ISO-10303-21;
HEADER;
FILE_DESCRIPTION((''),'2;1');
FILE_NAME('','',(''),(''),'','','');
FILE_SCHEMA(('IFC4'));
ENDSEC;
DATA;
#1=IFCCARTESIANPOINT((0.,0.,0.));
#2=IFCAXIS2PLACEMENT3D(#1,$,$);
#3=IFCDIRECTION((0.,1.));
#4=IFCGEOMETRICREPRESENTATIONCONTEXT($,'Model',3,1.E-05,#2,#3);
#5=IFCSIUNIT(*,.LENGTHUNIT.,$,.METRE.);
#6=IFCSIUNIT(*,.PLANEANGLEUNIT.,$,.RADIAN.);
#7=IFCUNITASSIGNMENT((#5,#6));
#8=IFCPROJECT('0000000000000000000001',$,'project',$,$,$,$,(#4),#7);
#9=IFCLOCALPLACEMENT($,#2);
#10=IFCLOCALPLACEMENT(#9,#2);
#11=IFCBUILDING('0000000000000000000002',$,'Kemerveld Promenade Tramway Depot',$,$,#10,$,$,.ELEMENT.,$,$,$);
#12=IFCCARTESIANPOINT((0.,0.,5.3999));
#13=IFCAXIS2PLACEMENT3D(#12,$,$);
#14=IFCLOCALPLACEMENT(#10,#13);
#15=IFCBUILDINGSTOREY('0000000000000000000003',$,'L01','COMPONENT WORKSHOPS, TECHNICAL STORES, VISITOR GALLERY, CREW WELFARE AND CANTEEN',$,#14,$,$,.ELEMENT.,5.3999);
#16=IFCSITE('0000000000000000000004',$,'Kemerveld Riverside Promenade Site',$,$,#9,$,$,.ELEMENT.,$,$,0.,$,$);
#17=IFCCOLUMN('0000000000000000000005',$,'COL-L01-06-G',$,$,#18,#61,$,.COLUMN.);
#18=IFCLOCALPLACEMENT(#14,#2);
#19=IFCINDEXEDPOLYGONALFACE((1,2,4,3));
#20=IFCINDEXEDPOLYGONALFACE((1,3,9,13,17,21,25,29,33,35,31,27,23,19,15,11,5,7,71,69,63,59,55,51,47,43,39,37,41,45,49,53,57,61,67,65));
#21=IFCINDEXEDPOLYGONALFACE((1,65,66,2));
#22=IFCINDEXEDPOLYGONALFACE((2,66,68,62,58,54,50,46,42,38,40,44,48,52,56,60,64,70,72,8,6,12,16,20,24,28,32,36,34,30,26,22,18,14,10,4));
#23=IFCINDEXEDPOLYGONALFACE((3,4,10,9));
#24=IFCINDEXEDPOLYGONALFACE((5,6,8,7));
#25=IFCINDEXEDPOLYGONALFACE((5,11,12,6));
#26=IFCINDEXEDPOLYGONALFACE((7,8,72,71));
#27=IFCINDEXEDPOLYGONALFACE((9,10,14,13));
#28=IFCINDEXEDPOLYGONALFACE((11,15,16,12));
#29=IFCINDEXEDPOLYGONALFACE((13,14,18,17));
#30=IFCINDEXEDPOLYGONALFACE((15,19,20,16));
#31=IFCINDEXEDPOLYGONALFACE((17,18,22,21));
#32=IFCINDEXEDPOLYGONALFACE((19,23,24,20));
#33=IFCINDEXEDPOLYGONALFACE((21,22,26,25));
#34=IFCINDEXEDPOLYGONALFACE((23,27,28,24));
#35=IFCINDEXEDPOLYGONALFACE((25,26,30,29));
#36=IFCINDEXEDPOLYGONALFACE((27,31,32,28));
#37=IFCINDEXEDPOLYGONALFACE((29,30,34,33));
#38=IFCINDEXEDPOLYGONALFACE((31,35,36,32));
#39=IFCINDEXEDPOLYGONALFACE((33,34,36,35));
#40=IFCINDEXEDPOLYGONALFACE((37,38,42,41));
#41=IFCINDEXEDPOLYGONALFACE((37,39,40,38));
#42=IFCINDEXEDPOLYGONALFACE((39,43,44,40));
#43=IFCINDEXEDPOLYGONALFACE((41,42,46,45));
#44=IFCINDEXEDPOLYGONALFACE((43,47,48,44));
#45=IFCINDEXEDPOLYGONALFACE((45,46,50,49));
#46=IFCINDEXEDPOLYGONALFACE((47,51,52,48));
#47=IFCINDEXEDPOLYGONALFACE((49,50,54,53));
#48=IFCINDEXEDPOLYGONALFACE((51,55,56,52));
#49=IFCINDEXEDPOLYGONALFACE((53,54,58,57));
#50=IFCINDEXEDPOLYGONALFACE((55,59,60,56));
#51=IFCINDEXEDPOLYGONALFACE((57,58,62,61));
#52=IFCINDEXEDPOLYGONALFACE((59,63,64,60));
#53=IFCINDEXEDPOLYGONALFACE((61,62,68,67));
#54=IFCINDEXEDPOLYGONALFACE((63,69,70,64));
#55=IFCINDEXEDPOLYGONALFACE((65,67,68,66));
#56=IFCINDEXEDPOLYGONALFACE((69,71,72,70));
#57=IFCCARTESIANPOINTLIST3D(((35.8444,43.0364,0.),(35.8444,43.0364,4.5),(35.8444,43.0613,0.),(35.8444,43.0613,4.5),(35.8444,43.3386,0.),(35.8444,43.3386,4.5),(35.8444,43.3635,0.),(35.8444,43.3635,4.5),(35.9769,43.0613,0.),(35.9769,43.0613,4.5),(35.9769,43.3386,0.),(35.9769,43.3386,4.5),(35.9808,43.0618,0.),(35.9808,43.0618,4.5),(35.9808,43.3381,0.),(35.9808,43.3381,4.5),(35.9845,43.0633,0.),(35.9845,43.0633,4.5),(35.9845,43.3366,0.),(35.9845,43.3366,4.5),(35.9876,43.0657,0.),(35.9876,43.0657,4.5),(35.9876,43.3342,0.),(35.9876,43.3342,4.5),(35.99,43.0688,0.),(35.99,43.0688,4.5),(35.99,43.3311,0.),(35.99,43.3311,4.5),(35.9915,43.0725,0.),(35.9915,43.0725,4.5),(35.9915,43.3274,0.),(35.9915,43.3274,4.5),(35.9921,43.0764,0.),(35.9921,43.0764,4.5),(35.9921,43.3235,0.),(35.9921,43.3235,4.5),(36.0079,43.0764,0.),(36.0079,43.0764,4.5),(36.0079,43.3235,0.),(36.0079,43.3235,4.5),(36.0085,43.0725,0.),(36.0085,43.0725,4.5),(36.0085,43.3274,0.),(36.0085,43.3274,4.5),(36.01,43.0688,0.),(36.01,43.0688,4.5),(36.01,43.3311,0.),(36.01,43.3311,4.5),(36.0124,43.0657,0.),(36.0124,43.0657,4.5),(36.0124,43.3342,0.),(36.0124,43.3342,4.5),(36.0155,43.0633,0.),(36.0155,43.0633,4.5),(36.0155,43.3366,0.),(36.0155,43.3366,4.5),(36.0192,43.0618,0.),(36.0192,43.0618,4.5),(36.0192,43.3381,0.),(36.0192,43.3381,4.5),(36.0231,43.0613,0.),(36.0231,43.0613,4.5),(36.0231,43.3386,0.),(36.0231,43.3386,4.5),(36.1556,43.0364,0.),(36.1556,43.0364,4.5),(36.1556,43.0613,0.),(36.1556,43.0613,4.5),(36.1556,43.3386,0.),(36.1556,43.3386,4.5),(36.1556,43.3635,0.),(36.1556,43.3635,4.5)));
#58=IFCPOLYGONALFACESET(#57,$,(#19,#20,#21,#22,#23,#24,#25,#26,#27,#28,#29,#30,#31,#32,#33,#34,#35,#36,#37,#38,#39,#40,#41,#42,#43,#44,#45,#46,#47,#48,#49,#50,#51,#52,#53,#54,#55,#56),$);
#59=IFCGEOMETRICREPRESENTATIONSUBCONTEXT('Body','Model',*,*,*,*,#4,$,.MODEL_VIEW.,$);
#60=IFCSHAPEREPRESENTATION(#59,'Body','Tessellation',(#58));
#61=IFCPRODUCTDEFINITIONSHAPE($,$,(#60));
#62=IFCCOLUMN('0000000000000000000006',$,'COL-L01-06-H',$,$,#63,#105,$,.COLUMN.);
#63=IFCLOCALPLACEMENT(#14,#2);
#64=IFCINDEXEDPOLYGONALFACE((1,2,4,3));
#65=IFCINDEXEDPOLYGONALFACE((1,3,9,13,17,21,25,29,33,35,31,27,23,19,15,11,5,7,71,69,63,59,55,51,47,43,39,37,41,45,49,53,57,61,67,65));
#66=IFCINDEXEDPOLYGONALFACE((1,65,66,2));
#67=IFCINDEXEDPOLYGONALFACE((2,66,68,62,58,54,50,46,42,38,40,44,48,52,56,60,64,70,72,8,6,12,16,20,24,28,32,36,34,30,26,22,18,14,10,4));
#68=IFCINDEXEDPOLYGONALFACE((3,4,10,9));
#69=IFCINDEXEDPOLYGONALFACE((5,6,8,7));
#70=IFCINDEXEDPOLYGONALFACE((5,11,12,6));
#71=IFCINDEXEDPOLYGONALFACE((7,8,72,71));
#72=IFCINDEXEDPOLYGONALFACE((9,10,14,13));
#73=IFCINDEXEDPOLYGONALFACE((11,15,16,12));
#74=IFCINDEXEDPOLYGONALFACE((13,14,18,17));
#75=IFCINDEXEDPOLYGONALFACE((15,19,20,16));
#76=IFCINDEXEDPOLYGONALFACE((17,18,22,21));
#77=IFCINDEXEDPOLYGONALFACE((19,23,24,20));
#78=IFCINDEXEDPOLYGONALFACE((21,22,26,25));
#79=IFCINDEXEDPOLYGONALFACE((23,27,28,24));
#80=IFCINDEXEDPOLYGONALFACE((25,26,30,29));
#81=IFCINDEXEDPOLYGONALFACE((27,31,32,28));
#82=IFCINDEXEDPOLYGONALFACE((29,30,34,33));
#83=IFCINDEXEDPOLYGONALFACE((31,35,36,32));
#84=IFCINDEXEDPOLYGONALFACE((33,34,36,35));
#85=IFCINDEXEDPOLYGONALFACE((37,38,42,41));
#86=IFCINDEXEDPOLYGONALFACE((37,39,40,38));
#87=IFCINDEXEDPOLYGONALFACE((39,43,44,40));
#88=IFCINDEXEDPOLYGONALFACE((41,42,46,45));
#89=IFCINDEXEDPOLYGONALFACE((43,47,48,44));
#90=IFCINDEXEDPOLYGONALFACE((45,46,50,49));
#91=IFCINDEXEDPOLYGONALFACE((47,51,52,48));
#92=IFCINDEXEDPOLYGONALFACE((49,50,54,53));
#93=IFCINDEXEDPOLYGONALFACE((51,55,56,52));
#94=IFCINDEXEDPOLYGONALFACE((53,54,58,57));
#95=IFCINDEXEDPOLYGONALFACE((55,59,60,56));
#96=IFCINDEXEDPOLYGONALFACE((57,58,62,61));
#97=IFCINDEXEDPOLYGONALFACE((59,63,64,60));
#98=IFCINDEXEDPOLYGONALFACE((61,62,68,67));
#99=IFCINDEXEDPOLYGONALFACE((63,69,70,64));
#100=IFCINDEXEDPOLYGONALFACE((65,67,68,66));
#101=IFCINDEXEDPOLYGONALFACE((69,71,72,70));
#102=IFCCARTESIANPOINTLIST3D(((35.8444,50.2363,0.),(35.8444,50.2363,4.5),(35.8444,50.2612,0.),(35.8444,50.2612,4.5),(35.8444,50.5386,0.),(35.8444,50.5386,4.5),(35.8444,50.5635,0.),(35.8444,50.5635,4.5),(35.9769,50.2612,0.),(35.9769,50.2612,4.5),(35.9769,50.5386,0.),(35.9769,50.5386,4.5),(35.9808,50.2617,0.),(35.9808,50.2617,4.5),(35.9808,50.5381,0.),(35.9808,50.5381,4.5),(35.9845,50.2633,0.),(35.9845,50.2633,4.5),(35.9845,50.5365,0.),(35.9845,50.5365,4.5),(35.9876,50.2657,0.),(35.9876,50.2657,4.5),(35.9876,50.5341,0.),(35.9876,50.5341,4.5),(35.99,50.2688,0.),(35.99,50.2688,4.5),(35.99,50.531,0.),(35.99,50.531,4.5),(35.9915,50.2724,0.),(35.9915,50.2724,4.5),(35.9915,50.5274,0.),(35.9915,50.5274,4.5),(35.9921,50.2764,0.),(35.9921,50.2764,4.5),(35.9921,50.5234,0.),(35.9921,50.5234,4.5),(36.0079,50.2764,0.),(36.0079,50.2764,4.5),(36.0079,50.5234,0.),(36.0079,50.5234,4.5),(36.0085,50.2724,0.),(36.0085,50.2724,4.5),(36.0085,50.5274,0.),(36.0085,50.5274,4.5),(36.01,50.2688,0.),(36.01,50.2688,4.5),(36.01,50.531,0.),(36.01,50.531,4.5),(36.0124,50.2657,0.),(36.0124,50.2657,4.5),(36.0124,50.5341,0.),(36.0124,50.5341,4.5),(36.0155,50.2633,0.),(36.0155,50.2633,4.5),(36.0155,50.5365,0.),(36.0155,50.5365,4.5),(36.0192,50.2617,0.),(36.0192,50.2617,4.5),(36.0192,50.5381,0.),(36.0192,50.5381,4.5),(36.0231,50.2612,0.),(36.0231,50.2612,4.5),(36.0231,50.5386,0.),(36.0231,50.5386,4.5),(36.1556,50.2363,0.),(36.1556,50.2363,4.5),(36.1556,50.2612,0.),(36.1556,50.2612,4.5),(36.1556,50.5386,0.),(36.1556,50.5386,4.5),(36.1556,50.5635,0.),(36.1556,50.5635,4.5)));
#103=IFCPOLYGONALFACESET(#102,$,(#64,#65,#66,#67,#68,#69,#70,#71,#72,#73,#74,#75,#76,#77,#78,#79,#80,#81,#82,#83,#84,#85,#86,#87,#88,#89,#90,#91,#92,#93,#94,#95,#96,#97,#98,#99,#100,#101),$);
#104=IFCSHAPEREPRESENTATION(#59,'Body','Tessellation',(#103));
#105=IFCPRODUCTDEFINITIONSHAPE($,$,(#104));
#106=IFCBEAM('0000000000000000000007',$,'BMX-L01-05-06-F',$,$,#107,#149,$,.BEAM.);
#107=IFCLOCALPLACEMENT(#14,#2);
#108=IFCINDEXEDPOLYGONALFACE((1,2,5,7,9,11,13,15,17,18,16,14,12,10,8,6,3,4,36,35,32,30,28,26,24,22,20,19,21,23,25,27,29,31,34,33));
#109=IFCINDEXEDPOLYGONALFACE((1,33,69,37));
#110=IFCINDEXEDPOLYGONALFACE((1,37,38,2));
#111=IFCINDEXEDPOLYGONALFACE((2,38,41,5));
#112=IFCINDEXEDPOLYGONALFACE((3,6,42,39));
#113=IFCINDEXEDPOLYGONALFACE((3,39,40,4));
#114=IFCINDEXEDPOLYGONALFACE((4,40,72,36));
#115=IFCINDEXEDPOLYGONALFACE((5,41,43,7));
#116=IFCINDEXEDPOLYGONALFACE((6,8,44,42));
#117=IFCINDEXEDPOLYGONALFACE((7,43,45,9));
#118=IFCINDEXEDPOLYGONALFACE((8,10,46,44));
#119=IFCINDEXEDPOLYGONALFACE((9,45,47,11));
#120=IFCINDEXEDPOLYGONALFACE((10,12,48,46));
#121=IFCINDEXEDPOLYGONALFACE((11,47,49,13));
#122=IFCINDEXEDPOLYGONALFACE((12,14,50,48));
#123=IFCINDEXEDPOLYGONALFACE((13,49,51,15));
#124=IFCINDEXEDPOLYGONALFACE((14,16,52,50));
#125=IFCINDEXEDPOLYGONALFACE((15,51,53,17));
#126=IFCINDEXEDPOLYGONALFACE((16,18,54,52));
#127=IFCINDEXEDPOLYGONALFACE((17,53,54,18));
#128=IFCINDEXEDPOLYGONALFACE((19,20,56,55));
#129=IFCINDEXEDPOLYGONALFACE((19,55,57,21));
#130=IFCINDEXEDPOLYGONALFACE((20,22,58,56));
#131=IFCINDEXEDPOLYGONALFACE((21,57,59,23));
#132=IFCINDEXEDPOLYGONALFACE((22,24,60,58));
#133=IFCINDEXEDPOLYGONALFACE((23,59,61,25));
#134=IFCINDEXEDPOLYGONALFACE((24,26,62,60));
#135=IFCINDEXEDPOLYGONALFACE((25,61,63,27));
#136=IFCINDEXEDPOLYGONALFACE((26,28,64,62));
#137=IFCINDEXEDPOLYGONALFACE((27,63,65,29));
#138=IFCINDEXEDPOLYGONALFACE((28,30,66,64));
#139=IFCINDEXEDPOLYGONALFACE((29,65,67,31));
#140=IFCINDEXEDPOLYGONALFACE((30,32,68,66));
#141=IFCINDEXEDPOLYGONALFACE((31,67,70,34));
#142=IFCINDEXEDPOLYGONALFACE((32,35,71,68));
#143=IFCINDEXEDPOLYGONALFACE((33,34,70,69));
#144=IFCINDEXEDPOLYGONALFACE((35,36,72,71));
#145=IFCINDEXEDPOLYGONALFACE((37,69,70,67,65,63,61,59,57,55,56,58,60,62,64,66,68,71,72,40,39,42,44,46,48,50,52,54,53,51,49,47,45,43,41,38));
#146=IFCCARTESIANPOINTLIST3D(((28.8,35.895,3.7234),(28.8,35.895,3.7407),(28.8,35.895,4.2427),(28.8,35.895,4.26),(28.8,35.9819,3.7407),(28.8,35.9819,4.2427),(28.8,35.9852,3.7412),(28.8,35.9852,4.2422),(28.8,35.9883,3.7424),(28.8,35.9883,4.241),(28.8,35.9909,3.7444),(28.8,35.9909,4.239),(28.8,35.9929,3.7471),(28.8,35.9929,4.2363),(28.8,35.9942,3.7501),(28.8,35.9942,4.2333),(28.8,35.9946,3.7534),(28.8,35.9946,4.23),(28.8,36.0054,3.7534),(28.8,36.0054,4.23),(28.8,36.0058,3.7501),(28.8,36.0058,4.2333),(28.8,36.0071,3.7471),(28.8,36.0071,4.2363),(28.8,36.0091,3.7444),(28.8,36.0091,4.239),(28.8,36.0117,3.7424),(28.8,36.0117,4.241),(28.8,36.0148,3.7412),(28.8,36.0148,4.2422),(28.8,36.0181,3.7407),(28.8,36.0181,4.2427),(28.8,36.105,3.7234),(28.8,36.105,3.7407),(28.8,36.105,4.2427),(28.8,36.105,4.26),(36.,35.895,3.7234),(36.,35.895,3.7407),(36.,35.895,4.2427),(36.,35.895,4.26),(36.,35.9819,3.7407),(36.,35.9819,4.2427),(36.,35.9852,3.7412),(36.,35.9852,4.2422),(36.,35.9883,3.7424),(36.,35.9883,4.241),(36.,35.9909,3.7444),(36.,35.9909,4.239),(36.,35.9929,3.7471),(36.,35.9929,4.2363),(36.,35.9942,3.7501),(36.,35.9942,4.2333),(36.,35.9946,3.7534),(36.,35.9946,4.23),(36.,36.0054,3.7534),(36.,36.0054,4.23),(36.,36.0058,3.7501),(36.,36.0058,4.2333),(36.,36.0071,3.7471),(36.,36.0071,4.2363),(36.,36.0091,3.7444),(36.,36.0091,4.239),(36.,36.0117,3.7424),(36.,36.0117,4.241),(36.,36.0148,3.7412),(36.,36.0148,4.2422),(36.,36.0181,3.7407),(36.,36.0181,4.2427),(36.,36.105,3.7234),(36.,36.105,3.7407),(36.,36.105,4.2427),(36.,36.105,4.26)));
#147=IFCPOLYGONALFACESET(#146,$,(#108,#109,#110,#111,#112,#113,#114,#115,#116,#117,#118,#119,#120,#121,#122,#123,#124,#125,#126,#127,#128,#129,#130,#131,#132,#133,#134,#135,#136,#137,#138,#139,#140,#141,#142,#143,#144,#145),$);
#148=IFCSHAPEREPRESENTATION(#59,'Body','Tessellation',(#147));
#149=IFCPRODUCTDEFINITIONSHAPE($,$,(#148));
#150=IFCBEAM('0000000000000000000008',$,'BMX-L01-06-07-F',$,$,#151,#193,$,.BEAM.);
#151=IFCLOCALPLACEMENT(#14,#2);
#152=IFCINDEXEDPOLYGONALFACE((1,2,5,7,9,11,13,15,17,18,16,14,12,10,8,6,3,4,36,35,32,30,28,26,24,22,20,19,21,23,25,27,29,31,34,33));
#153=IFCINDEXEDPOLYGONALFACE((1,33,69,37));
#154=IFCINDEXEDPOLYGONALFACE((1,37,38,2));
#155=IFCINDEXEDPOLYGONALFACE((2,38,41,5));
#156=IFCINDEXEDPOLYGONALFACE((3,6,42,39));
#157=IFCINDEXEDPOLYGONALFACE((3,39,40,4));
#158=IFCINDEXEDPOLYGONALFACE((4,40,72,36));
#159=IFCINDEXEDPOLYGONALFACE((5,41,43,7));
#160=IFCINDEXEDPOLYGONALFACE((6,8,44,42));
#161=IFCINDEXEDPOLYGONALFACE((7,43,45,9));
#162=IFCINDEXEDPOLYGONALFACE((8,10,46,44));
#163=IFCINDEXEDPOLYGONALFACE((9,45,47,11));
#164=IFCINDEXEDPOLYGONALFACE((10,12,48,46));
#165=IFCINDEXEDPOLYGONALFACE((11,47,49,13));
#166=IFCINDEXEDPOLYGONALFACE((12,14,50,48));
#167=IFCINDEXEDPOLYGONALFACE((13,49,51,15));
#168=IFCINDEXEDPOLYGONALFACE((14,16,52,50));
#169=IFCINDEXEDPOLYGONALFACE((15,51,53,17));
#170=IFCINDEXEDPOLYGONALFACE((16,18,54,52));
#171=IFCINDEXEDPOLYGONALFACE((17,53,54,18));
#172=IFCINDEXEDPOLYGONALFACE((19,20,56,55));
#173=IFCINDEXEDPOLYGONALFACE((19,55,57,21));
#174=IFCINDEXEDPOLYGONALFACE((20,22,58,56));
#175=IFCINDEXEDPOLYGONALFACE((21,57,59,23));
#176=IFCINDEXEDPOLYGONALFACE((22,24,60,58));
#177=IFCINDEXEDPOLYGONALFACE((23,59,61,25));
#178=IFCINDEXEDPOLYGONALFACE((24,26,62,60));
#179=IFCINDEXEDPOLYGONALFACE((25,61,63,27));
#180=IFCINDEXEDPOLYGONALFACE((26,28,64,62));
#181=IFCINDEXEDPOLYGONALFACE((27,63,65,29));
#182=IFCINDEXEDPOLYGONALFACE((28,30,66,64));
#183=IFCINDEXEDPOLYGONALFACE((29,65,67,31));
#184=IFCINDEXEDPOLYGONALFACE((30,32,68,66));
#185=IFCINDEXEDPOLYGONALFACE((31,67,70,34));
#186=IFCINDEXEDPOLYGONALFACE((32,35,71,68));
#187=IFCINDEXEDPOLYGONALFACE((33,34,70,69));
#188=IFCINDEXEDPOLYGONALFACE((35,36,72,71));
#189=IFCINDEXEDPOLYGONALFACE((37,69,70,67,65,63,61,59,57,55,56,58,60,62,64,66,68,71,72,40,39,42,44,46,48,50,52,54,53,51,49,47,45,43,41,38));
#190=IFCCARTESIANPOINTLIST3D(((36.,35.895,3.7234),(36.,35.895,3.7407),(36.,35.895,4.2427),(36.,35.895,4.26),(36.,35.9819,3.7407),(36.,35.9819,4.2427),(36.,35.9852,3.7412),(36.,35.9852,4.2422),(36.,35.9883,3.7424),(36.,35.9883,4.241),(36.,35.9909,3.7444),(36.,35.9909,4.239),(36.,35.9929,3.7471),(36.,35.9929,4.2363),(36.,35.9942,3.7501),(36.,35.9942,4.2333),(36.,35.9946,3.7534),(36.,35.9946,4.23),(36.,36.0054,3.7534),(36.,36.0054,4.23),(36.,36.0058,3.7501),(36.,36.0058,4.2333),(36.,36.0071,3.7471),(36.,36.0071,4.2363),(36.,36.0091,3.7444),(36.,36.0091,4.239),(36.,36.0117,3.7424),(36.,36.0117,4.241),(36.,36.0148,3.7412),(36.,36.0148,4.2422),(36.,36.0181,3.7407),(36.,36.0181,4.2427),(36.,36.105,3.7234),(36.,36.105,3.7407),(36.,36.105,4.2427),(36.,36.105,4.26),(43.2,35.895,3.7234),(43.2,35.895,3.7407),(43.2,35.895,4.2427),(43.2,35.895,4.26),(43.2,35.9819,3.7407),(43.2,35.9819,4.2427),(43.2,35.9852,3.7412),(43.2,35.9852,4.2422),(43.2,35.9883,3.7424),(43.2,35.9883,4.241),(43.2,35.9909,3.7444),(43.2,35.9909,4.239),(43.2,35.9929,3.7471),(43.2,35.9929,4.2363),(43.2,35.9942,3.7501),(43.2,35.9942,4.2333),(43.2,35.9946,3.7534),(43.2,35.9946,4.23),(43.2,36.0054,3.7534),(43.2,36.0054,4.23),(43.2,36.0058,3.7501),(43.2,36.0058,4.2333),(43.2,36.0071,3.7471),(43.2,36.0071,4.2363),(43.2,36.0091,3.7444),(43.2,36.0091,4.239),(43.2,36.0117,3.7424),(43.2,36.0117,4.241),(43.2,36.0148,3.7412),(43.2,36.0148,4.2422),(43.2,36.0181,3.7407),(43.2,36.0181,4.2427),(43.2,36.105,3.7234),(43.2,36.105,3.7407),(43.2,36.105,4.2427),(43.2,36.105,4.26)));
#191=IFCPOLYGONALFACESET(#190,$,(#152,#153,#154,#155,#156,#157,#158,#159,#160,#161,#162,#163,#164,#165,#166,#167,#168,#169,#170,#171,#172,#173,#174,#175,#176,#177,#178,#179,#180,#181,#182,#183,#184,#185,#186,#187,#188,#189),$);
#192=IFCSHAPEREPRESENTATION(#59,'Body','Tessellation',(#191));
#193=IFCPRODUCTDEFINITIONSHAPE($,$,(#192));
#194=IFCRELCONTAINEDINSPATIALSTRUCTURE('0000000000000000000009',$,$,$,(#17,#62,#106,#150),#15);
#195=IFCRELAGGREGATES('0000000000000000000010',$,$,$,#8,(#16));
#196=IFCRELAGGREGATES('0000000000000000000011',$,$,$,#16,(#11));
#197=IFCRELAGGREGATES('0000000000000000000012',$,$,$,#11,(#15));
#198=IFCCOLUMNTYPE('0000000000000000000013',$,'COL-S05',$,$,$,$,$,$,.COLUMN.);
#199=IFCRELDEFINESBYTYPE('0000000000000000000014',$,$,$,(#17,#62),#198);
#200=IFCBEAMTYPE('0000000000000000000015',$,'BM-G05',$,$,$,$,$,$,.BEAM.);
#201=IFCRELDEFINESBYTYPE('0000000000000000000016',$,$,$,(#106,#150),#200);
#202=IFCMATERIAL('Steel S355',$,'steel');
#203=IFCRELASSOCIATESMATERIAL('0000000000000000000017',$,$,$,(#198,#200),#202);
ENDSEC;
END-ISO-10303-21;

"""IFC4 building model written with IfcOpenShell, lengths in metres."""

from ifc_helpers import new_model, si_unit, direction, frame, origin, origin_2d, place, context, subcontext, project, spatial, i_section, extrude, material, material_profile, profile_set, type_object, element, save


model = new_model("IFC4")

# Units and contexts
model_context = context("Model", 3, precision=1e-05, world=origin(), true_north=direction((0.0, 1.0)))
body_context = subcontext(model_context, "Body", "Model", "MODEL_VIEW")
ifc_project = project(units=[si_unit("LENGTHUNIT", "METRE"), si_unit("PLANEANGLEUNIT", "RADIAN")], contexts=[model_context])

# Site, building, storey
site_placement = place(None, origin())
site = spatial("IfcSite", under=ifc_project, at=site_placement, Name="Kemerveld Riverside Promenade Site", CompositionType="ELEMENT", RefElevation=0.0)
building_placement = place(site_placement, origin())
building = spatial("IfcBuilding", under=site, at=building_placement, Name="Kemerveld Promenade Tramway Depot", CompositionType="ELEMENT")
storey_placement = place(building_placement, frame((0.0, 0.0, 5.3999)))
storey = spatial("IfcBuildingStorey", under=building, at=storey_placement, Name="L01", Description="COMPONENT WORKSHOPS, TECHNICAL STORES, VISITOR GALLERY, CREW WELFARE AND CANTEEN", CompositionType="ELEMENT", Elevation=5.3999)

# Columns
ifc_material_1 = material(Name="Steel S355", Category="steel")
ifc_material_profile_1 = material_profile(ifc_material_1, i_section(OverallWidth=0.3113, OverallDepth=0.3271, WebThickness=0.0159, FlangeThickness=0.0249, FilletRadius=0.0151, at=origin_2d()), Name="305x305x158 UC")
ifc_profile_set_1 = profile_set([ifc_material_profile_1], Name="Steel S355")
column_type = type_object("IfcColumnType", Name="COL-S05", PredefinedType="COLUMN", material=ifc_profile_set_1)
for number, where, z_axis, x_axis, name in (
    (1, (36.0, 43.2, 0.0), (0.0, 0.0, 1.0), (1.0, 0.0, 0.0), "COL-L01-06-G"),
    (2, (36.0, 50.3999, 0.0), (0.0, 0.0, 1.0), (1.0, 0.0, 0.0), "COL-L01-06-H"),
):
    element("IfcColumn", number, at=place(storey_placement, frame(where, z_axis=z_axis, x_axis=x_axis)), inside=storey, type_object=column_type, Name=name, PredefinedType="COLUMN", context=body_context, shape_type="SweptSolid", body=[
        extrude(i_section(OverallWidth=0.3113, OverallDepth=0.3271, WebThickness=0.0159, FlangeThickness=0.0249, FilletRadius=0.0151, at=origin_2d()), origin(), (0.0, 0.0, 1.0), 4.5),
    ])

# Beams
ifc_material_profile_2 = material_profile(ifc_material_1, i_section(OverallWidth=0.21, OverallDepth=0.5366, WebThickness=0.0107, FlangeThickness=0.0173, FilletRadius=0.0127, at=origin_2d()), Name="533x210x101 UB")
ifc_profile_set_2 = profile_set([ifc_material_profile_2], Name="Steel S355")
beam_type_1 = type_object("IfcBeamType", Name="BM-G05", PredefinedType="BEAM", material=ifc_profile_set_2)
for number, where, z_axis, x_axis, name in (
    (3, (28.8, 36.0, 3.9917), (1.0, 0.0, 0.0), (0.0, 1.0, 0.0), "BMX-L01-05-06-F"),
    (4, (36.0, 36.0, 3.9917), (1.0, 0.0, 0.0), (0.0, 1.0, 0.0), "BMX-L01-06-07-F"),
):
    element("IfcBeam", number, at=place(storey_placement, frame(where, z_axis=z_axis, x_axis=x_axis)), inside=storey, type_object=beam_type_1, Name=name, PredefinedType="BEAM", context=body_context, shape_type="SweptSolid", body=[
        extrude(i_section(OverallWidth=0.21, OverallDepth=0.5366, WebThickness=0.0107, FlangeThickness=0.0173, FilletRadius=0.0127, at=origin_2d()), origin(), (0.0, 0.0, 1.0), 7.2),
    ])

save(model, "model.ifc")
